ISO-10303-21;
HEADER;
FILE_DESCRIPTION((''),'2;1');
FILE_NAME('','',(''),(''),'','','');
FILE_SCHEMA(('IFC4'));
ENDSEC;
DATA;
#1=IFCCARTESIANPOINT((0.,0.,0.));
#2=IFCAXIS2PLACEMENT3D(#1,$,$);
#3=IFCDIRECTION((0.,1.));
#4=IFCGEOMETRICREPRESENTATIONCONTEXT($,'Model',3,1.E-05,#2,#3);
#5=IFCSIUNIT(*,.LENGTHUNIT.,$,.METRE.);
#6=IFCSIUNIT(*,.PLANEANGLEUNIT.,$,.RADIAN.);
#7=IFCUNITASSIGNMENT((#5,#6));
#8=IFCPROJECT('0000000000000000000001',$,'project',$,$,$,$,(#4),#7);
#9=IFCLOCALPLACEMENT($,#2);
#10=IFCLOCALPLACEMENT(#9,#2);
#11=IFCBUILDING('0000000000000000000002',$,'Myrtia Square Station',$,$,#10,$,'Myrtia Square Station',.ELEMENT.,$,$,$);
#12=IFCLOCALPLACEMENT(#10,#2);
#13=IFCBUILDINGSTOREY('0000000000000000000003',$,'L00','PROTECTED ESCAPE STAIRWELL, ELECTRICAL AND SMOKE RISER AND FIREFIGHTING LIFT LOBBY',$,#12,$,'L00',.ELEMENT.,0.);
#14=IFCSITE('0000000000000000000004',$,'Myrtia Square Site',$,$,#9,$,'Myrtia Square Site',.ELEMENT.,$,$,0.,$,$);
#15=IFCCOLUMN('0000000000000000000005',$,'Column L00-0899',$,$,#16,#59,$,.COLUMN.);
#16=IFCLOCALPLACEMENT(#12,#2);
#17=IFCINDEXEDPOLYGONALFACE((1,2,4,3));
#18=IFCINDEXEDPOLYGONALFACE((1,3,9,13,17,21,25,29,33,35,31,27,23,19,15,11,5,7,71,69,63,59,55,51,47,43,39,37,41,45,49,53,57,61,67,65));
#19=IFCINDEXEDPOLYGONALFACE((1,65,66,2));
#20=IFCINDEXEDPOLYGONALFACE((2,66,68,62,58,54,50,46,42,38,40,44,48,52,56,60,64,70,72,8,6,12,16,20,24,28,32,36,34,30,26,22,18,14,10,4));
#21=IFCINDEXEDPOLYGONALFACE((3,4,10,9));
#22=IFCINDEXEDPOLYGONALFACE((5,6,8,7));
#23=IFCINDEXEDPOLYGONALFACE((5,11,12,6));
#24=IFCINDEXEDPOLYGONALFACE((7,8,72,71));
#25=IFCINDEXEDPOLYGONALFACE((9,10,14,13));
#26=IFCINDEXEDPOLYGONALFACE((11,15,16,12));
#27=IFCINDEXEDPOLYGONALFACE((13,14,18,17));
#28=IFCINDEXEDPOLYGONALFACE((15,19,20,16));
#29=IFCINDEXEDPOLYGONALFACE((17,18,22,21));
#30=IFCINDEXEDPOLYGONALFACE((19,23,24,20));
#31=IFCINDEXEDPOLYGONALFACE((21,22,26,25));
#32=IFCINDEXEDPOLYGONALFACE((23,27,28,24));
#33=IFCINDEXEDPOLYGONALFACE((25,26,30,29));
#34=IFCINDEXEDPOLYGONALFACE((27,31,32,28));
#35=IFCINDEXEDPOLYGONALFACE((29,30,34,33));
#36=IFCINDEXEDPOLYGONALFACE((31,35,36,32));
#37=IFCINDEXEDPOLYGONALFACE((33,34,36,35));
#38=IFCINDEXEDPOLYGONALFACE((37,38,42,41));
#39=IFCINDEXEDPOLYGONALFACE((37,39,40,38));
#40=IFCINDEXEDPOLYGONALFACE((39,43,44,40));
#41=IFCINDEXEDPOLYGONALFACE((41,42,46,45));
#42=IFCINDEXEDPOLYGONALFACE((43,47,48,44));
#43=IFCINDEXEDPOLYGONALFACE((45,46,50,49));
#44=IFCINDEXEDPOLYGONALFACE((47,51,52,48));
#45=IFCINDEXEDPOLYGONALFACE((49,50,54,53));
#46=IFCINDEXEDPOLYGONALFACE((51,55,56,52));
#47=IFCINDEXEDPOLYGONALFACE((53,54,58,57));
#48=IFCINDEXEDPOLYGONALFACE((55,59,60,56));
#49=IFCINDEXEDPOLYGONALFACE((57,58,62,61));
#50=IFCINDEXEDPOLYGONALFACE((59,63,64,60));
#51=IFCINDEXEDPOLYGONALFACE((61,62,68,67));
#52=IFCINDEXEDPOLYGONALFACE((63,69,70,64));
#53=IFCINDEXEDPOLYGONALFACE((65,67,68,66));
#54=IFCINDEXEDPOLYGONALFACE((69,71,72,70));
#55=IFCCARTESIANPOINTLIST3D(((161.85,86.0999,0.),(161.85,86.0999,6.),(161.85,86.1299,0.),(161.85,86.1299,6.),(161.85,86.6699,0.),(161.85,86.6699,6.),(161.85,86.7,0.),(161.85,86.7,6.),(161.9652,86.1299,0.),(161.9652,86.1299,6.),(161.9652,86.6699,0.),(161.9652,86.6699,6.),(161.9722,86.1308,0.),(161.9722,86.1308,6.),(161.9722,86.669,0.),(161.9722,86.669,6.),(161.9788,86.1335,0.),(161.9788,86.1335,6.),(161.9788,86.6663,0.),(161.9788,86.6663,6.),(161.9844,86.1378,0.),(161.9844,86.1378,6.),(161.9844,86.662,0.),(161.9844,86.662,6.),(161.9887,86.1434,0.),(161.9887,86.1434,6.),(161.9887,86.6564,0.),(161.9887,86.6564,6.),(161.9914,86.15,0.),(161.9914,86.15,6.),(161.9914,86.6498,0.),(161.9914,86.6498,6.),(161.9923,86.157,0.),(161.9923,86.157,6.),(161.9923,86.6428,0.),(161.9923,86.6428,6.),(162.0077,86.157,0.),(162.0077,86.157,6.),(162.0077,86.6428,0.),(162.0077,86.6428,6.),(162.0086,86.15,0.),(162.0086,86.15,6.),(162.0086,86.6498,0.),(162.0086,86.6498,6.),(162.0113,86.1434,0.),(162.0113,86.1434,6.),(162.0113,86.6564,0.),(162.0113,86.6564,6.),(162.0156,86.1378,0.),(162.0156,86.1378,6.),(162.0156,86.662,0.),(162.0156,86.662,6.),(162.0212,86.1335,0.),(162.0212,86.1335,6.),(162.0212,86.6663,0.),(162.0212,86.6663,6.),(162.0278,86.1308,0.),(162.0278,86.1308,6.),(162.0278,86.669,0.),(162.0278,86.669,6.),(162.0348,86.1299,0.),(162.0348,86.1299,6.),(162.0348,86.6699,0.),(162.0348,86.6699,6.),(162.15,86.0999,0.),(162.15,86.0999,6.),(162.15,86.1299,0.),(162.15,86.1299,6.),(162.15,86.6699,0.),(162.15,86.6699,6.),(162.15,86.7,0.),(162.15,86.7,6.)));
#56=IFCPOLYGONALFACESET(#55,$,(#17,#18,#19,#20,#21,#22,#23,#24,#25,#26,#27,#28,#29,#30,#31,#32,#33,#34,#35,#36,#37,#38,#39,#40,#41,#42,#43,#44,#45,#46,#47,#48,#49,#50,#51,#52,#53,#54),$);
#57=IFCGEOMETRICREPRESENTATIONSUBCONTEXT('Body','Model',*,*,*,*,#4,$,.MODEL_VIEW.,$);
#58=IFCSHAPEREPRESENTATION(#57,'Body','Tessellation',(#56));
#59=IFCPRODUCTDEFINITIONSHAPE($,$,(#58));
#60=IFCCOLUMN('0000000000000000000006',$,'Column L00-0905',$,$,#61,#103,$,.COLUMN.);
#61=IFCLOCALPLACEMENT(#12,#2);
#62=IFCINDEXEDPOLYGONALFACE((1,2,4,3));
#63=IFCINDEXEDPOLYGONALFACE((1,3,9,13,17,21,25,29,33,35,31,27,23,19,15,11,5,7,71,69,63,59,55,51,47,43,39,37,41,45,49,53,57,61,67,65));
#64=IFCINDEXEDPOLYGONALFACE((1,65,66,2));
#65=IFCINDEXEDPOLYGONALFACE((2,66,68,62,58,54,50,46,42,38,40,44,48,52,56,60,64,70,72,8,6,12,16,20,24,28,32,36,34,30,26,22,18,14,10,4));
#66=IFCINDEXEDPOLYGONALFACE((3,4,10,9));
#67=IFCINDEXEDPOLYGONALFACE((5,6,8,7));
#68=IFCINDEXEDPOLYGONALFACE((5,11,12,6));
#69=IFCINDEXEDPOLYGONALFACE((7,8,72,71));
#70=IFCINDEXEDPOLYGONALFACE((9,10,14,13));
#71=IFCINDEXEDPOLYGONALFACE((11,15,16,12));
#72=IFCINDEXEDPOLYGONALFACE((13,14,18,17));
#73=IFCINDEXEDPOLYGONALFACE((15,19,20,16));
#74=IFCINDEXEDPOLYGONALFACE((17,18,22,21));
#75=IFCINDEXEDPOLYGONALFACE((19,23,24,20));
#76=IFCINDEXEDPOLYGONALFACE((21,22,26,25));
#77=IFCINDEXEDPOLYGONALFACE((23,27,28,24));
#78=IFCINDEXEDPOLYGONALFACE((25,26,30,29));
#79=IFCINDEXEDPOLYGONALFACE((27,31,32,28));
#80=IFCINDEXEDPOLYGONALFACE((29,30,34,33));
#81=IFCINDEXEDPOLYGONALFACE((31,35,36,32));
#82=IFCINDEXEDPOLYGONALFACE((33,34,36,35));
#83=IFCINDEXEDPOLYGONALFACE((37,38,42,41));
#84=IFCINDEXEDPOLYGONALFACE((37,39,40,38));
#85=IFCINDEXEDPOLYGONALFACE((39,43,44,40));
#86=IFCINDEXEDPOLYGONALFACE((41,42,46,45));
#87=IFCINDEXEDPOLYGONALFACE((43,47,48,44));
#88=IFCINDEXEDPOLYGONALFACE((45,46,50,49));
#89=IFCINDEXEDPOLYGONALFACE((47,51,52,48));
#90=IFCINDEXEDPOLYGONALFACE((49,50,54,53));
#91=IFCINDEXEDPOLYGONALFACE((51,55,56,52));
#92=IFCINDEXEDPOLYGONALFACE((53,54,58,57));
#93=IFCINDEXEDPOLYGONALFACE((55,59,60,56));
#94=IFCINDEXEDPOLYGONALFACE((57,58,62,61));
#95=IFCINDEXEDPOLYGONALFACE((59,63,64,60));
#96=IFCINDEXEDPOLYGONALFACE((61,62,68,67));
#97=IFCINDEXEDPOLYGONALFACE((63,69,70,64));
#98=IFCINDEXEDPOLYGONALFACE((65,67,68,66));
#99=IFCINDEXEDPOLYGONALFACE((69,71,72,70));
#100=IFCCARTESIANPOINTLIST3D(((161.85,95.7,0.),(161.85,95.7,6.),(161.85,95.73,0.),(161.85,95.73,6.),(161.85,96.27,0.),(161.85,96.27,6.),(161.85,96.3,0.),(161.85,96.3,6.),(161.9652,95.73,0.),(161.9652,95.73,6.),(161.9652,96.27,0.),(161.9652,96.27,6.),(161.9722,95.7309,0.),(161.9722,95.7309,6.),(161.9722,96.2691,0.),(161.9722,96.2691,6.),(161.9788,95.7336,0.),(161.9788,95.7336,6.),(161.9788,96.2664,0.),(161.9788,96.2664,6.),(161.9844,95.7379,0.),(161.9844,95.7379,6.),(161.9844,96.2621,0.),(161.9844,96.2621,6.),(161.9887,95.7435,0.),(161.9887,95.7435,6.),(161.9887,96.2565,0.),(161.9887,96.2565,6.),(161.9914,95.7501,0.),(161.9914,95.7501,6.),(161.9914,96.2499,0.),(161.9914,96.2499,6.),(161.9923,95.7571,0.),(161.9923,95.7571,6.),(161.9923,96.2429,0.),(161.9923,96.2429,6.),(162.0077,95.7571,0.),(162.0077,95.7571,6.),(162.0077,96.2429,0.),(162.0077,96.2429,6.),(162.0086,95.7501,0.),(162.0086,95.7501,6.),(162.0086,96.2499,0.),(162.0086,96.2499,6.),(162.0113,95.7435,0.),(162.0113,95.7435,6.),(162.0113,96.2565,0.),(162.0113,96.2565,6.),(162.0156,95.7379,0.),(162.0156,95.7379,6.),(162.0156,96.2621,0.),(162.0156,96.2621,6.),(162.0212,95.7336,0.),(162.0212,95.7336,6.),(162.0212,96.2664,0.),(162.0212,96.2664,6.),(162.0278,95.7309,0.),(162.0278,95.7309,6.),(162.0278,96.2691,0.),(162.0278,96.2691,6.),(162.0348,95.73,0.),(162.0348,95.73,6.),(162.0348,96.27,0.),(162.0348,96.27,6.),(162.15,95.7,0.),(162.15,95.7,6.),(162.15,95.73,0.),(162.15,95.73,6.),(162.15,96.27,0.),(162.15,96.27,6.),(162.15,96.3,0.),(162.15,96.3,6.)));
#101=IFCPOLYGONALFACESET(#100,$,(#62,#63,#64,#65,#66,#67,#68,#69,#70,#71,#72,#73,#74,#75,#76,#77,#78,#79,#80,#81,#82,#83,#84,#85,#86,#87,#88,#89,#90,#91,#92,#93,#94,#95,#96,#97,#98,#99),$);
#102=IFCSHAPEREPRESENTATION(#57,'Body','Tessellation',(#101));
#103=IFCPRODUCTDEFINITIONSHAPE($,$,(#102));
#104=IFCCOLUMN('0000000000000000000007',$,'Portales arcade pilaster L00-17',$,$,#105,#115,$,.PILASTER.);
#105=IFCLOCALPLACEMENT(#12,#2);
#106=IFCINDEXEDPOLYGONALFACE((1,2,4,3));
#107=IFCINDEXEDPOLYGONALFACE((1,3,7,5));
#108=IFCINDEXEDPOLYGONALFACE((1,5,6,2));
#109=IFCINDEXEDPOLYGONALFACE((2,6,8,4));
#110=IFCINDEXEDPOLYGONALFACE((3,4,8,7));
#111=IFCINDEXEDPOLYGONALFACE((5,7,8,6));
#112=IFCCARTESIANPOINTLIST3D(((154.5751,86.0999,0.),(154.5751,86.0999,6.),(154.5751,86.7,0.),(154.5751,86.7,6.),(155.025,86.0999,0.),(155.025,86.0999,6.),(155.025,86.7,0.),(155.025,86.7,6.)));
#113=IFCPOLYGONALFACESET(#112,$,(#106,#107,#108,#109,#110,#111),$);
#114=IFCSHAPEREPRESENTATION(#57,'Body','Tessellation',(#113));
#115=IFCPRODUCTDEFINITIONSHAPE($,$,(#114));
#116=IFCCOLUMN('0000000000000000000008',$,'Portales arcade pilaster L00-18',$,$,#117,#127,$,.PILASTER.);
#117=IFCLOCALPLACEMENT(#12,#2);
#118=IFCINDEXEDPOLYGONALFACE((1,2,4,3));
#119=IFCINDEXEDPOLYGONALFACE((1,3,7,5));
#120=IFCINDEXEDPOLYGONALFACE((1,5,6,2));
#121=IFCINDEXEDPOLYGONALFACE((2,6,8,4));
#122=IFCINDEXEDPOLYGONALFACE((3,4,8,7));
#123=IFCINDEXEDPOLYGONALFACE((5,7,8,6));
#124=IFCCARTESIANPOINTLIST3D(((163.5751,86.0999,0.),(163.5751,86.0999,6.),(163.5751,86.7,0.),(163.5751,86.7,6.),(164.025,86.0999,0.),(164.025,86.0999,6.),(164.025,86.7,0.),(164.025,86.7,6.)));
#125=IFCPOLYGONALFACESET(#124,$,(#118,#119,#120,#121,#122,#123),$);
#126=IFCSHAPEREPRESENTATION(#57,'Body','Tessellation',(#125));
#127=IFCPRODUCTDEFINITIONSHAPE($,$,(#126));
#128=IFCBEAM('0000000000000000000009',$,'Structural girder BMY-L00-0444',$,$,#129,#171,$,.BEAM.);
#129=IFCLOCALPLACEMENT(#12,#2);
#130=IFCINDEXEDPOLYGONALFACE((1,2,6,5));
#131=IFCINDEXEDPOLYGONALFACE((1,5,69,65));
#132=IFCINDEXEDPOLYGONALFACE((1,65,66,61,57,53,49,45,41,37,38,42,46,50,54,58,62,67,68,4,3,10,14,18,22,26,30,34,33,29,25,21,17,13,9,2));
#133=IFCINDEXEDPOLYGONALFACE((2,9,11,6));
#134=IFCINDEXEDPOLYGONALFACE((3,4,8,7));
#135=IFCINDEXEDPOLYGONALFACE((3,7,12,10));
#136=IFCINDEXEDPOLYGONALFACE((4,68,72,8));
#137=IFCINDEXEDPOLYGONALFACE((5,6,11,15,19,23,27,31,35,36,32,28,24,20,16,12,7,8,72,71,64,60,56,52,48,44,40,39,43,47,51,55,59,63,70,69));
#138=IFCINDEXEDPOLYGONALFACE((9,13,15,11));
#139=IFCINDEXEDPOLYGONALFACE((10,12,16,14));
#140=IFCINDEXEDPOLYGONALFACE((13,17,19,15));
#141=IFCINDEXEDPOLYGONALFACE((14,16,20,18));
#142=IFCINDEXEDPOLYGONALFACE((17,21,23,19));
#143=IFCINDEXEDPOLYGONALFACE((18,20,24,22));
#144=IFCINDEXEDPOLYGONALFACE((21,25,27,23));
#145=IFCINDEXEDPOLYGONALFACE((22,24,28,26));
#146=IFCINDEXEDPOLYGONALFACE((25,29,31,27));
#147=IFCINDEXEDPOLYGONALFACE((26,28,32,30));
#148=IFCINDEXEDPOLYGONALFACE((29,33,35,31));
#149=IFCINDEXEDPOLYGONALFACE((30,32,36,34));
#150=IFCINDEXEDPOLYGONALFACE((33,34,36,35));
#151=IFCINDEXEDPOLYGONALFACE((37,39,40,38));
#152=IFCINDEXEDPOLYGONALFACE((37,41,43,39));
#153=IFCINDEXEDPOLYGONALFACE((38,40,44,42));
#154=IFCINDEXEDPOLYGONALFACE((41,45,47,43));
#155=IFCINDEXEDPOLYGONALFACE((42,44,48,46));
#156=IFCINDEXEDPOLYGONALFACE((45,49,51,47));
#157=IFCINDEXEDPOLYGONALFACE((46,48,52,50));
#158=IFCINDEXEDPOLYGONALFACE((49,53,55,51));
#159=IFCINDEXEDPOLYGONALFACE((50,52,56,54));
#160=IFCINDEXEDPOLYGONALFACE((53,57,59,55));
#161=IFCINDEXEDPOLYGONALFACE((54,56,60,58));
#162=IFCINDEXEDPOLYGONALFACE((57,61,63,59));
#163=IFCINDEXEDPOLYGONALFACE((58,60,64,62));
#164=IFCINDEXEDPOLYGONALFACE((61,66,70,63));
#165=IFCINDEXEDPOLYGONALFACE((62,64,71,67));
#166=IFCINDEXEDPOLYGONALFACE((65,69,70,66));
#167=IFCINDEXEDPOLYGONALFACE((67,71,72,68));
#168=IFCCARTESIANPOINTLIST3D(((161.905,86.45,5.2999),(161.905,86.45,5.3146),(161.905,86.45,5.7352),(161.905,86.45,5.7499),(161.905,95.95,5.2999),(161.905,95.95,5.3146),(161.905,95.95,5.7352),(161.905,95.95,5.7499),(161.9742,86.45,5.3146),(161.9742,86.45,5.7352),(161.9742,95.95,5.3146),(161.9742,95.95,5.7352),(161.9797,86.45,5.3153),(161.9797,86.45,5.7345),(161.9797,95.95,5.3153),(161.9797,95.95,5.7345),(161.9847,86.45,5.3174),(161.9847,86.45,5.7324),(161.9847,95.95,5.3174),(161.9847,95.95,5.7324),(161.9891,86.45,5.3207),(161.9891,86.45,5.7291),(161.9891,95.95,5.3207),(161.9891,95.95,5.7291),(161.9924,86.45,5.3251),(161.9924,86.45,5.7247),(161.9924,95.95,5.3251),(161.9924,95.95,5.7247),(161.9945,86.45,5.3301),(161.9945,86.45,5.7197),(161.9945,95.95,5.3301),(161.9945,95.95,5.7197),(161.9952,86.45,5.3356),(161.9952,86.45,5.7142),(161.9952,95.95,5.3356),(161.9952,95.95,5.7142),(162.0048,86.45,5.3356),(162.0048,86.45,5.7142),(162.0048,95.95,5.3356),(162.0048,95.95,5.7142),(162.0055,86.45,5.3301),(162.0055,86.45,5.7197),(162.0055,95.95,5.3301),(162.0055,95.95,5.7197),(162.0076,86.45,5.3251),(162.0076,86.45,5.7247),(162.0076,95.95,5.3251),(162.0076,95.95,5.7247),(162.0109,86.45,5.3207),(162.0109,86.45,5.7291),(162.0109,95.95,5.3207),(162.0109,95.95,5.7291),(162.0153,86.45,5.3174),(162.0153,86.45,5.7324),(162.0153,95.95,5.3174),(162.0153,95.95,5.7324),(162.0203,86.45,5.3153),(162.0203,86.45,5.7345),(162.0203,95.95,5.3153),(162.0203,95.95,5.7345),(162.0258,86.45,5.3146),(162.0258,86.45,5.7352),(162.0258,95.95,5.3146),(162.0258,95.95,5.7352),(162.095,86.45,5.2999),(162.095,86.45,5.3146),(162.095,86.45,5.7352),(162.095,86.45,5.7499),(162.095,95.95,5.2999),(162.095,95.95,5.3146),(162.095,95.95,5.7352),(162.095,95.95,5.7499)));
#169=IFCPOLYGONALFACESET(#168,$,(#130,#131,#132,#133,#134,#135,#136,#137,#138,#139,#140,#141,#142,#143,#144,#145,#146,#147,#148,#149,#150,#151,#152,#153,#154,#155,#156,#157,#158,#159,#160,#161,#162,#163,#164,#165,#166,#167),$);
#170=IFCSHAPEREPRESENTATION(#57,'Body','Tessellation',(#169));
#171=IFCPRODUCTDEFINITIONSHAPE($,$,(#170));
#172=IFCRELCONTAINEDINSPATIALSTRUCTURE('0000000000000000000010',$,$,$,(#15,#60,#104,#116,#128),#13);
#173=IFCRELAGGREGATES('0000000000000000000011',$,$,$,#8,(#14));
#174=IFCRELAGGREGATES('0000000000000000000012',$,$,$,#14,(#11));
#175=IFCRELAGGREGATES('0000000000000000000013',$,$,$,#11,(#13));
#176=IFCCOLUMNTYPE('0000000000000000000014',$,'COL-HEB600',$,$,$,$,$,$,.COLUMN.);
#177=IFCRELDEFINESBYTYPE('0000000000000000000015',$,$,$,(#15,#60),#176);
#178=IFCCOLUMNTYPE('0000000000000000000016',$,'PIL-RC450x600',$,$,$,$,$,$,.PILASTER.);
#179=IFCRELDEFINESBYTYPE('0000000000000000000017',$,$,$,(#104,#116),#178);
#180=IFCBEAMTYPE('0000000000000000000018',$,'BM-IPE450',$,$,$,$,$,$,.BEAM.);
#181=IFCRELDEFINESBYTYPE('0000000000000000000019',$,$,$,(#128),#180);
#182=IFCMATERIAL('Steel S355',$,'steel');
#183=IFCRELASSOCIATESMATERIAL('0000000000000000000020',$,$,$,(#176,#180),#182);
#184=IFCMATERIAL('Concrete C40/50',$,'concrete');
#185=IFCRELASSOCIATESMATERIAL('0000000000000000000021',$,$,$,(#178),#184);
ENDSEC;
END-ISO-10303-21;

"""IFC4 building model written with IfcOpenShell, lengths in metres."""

from ifc_helpers import new_model, si_unit, direction, frame, origin, origin_2d, place, context, subcontext, project, spatial, rectangle, i_section, extrude, material, material_profile, profile_set, type_object, element, save


model = new_model("IFC4")

# Units and contexts
model_context = context("Model", 3, precision=1e-05, world=origin(), true_north=direction((0.0, 1.0)))
body_context = subcontext(model_context, "Body", "Model", "MODEL_VIEW")
ifc_project = project(units=[si_unit("LENGTHUNIT", "METRE"), si_unit("PLANEANGLEUNIT", "RADIAN")], contexts=[model_context])

# Site, building, storey
site_placement = place(None, origin())
site = spatial("IfcSite", under=ifc_project, at=site_placement, Name="Myrtia Square Site", LongName="Myrtia Square Site", CompositionType="ELEMENT", RefElevation=0.0)
building_placement = place(site_placement, origin())
building = spatial("IfcBuilding", under=site, at=building_placement, Name="Myrtia Square Station", LongName="Myrtia Square Station", CompositionType="ELEMENT")
storey_placement = place(building_placement, origin())
storey = spatial("IfcBuildingStorey", under=building, at=storey_placement, Name="L00", Description="PROTECTED ESCAPE STAIRWELL, ELECTRICAL AND SMOKE RISER AND FIREFIGHTING LIFT LOBBY", LongName="L00", CompositionType="ELEMENT", Elevation=0.0)

# Columns
ifc_material_1 = material(Name="Steel S355", Category="steel")
ifc_material_profile_1 = material_profile(ifc_material_1, i_section(OverallWidth=0.3, OverallDepth=0.6001, WebThickness=0.0154, FlangeThickness=0.03, FilletRadius=0.0271, at=origin_2d()), Name="HEB 600")
ifc_profile_set_1 = profile_set([ifc_material_profile_1], Name="Steel S355")
column_type_1 = type_object("IfcColumnType", Name="COL-HEB600", PredefinedType="COLUMN", material=ifc_profile_set_1)
for number, where, z_axis, x_axis, name in (
    (1, (162.0, 86.3999, 0.0), (0.0, 0.0, 1.0), (1.0, 0.0, 0.0), "Column L00-0899"),
    (2, (162.0, 96.0, 0.0), (0.0, 0.0, 1.0), (1.0, 0.0, 0.0), "Column L00-0905"),
):
    element("IfcColumn", number, at=place(storey_placement, frame(where, z_axis=z_axis, x_axis=x_axis)), inside=storey, type_object=column_type_1, Name=name, PredefinedType="COLUMN", context=body_context, shape_type="SweptSolid", body=[
        extrude(i_section(OverallWidth=0.3, OverallDepth=0.6001, WebThickness=0.0154, FlangeThickness=0.03, FilletRadius=0.0271, at=origin_2d()), origin(), (0.0, 0.0, 1.0), 6.0),
    ])
ifc_material_2 = material(Name="Concrete C40/50", Category="concrete")
ifc_material_profile_2 = material_profile(ifc_material_2, rectangle(XDim=0.45, YDim=0.6001, at=origin_2d()), Name="PIL 450x600")
ifc_profile_set_2 = profile_set([ifc_material_profile_2], Name="Concrete C40/50")
column_type_2 = type_object("IfcColumnType", Name="PIL-RC450x600", PredefinedType="PILASTER", material=ifc_profile_set_2)
for number, where, z_axis, x_axis, name in (
    (3, (154.8, 86.3999, 0.0), (0.0, 0.0, 1.0), (1.0, 0.0, 0.0), "Portales arcade pilaster L00-17"),
    (4, (163.8, 86.3999, 0.0), (0.0, 0.0, 1.0), (1.0, 0.0, 0.0), "Portales arcade pilaster L00-18"),
):
    element("IfcColumn", number, at=place(storey_placement, frame(where, z_axis=z_axis, x_axis=x_axis)), inside=storey, type_object=column_type_2, Name=name, PredefinedType="PILASTER", context=body_context, shape_type="SweptSolid", body=[
        extrude(rectangle(XDim=0.45, YDim=0.6001, at=origin_2d()), origin(), (0.0, 0.0, 1.0), 6.0),
    ])

# Beam
ifc_material_profile_3 = material_profile(ifc_material_1, i_section(OverallWidth=0.1899, OverallDepth=0.45, WebThickness=0.0095, FlangeThickness=0.0146, FilletRadius=0.021, at=origin_2d()), Name="IPE 450")
ifc_profile_set_3 = profile_set([ifc_material_profile_3], Name="Steel S355")
beam_type_1 = type_object("IfcBeamType", Name="BM-IPE450", PredefinedType="BEAM", material=ifc_profile_set_3)
for number, where, z_axis, x_axis, name in (
    (5, (162.0, 86.45, 5.5249), (0.0, 1.0, 0.0), (-1.0, 0.0, 0.0), "Structural girder BMY-L00-0444"),
):
    element("IfcBeam", number, at=place(storey_placement, frame(where, z_axis=z_axis, x_axis=x_axis)), inside=storey, type_object=beam_type_1, Name=name, PredefinedType="BEAM", context=body_context, shape_type="SweptSolid", body=[
        extrude(i_section(OverallWidth=0.1899, OverallDepth=0.45, WebThickness=0.0095, FlangeThickness=0.0146, FilletRadius=0.021, at=origin_2d()), origin(), (0.0, 0.0, 1.0), 9.5),
    ])

save(model, "model.ifc")
